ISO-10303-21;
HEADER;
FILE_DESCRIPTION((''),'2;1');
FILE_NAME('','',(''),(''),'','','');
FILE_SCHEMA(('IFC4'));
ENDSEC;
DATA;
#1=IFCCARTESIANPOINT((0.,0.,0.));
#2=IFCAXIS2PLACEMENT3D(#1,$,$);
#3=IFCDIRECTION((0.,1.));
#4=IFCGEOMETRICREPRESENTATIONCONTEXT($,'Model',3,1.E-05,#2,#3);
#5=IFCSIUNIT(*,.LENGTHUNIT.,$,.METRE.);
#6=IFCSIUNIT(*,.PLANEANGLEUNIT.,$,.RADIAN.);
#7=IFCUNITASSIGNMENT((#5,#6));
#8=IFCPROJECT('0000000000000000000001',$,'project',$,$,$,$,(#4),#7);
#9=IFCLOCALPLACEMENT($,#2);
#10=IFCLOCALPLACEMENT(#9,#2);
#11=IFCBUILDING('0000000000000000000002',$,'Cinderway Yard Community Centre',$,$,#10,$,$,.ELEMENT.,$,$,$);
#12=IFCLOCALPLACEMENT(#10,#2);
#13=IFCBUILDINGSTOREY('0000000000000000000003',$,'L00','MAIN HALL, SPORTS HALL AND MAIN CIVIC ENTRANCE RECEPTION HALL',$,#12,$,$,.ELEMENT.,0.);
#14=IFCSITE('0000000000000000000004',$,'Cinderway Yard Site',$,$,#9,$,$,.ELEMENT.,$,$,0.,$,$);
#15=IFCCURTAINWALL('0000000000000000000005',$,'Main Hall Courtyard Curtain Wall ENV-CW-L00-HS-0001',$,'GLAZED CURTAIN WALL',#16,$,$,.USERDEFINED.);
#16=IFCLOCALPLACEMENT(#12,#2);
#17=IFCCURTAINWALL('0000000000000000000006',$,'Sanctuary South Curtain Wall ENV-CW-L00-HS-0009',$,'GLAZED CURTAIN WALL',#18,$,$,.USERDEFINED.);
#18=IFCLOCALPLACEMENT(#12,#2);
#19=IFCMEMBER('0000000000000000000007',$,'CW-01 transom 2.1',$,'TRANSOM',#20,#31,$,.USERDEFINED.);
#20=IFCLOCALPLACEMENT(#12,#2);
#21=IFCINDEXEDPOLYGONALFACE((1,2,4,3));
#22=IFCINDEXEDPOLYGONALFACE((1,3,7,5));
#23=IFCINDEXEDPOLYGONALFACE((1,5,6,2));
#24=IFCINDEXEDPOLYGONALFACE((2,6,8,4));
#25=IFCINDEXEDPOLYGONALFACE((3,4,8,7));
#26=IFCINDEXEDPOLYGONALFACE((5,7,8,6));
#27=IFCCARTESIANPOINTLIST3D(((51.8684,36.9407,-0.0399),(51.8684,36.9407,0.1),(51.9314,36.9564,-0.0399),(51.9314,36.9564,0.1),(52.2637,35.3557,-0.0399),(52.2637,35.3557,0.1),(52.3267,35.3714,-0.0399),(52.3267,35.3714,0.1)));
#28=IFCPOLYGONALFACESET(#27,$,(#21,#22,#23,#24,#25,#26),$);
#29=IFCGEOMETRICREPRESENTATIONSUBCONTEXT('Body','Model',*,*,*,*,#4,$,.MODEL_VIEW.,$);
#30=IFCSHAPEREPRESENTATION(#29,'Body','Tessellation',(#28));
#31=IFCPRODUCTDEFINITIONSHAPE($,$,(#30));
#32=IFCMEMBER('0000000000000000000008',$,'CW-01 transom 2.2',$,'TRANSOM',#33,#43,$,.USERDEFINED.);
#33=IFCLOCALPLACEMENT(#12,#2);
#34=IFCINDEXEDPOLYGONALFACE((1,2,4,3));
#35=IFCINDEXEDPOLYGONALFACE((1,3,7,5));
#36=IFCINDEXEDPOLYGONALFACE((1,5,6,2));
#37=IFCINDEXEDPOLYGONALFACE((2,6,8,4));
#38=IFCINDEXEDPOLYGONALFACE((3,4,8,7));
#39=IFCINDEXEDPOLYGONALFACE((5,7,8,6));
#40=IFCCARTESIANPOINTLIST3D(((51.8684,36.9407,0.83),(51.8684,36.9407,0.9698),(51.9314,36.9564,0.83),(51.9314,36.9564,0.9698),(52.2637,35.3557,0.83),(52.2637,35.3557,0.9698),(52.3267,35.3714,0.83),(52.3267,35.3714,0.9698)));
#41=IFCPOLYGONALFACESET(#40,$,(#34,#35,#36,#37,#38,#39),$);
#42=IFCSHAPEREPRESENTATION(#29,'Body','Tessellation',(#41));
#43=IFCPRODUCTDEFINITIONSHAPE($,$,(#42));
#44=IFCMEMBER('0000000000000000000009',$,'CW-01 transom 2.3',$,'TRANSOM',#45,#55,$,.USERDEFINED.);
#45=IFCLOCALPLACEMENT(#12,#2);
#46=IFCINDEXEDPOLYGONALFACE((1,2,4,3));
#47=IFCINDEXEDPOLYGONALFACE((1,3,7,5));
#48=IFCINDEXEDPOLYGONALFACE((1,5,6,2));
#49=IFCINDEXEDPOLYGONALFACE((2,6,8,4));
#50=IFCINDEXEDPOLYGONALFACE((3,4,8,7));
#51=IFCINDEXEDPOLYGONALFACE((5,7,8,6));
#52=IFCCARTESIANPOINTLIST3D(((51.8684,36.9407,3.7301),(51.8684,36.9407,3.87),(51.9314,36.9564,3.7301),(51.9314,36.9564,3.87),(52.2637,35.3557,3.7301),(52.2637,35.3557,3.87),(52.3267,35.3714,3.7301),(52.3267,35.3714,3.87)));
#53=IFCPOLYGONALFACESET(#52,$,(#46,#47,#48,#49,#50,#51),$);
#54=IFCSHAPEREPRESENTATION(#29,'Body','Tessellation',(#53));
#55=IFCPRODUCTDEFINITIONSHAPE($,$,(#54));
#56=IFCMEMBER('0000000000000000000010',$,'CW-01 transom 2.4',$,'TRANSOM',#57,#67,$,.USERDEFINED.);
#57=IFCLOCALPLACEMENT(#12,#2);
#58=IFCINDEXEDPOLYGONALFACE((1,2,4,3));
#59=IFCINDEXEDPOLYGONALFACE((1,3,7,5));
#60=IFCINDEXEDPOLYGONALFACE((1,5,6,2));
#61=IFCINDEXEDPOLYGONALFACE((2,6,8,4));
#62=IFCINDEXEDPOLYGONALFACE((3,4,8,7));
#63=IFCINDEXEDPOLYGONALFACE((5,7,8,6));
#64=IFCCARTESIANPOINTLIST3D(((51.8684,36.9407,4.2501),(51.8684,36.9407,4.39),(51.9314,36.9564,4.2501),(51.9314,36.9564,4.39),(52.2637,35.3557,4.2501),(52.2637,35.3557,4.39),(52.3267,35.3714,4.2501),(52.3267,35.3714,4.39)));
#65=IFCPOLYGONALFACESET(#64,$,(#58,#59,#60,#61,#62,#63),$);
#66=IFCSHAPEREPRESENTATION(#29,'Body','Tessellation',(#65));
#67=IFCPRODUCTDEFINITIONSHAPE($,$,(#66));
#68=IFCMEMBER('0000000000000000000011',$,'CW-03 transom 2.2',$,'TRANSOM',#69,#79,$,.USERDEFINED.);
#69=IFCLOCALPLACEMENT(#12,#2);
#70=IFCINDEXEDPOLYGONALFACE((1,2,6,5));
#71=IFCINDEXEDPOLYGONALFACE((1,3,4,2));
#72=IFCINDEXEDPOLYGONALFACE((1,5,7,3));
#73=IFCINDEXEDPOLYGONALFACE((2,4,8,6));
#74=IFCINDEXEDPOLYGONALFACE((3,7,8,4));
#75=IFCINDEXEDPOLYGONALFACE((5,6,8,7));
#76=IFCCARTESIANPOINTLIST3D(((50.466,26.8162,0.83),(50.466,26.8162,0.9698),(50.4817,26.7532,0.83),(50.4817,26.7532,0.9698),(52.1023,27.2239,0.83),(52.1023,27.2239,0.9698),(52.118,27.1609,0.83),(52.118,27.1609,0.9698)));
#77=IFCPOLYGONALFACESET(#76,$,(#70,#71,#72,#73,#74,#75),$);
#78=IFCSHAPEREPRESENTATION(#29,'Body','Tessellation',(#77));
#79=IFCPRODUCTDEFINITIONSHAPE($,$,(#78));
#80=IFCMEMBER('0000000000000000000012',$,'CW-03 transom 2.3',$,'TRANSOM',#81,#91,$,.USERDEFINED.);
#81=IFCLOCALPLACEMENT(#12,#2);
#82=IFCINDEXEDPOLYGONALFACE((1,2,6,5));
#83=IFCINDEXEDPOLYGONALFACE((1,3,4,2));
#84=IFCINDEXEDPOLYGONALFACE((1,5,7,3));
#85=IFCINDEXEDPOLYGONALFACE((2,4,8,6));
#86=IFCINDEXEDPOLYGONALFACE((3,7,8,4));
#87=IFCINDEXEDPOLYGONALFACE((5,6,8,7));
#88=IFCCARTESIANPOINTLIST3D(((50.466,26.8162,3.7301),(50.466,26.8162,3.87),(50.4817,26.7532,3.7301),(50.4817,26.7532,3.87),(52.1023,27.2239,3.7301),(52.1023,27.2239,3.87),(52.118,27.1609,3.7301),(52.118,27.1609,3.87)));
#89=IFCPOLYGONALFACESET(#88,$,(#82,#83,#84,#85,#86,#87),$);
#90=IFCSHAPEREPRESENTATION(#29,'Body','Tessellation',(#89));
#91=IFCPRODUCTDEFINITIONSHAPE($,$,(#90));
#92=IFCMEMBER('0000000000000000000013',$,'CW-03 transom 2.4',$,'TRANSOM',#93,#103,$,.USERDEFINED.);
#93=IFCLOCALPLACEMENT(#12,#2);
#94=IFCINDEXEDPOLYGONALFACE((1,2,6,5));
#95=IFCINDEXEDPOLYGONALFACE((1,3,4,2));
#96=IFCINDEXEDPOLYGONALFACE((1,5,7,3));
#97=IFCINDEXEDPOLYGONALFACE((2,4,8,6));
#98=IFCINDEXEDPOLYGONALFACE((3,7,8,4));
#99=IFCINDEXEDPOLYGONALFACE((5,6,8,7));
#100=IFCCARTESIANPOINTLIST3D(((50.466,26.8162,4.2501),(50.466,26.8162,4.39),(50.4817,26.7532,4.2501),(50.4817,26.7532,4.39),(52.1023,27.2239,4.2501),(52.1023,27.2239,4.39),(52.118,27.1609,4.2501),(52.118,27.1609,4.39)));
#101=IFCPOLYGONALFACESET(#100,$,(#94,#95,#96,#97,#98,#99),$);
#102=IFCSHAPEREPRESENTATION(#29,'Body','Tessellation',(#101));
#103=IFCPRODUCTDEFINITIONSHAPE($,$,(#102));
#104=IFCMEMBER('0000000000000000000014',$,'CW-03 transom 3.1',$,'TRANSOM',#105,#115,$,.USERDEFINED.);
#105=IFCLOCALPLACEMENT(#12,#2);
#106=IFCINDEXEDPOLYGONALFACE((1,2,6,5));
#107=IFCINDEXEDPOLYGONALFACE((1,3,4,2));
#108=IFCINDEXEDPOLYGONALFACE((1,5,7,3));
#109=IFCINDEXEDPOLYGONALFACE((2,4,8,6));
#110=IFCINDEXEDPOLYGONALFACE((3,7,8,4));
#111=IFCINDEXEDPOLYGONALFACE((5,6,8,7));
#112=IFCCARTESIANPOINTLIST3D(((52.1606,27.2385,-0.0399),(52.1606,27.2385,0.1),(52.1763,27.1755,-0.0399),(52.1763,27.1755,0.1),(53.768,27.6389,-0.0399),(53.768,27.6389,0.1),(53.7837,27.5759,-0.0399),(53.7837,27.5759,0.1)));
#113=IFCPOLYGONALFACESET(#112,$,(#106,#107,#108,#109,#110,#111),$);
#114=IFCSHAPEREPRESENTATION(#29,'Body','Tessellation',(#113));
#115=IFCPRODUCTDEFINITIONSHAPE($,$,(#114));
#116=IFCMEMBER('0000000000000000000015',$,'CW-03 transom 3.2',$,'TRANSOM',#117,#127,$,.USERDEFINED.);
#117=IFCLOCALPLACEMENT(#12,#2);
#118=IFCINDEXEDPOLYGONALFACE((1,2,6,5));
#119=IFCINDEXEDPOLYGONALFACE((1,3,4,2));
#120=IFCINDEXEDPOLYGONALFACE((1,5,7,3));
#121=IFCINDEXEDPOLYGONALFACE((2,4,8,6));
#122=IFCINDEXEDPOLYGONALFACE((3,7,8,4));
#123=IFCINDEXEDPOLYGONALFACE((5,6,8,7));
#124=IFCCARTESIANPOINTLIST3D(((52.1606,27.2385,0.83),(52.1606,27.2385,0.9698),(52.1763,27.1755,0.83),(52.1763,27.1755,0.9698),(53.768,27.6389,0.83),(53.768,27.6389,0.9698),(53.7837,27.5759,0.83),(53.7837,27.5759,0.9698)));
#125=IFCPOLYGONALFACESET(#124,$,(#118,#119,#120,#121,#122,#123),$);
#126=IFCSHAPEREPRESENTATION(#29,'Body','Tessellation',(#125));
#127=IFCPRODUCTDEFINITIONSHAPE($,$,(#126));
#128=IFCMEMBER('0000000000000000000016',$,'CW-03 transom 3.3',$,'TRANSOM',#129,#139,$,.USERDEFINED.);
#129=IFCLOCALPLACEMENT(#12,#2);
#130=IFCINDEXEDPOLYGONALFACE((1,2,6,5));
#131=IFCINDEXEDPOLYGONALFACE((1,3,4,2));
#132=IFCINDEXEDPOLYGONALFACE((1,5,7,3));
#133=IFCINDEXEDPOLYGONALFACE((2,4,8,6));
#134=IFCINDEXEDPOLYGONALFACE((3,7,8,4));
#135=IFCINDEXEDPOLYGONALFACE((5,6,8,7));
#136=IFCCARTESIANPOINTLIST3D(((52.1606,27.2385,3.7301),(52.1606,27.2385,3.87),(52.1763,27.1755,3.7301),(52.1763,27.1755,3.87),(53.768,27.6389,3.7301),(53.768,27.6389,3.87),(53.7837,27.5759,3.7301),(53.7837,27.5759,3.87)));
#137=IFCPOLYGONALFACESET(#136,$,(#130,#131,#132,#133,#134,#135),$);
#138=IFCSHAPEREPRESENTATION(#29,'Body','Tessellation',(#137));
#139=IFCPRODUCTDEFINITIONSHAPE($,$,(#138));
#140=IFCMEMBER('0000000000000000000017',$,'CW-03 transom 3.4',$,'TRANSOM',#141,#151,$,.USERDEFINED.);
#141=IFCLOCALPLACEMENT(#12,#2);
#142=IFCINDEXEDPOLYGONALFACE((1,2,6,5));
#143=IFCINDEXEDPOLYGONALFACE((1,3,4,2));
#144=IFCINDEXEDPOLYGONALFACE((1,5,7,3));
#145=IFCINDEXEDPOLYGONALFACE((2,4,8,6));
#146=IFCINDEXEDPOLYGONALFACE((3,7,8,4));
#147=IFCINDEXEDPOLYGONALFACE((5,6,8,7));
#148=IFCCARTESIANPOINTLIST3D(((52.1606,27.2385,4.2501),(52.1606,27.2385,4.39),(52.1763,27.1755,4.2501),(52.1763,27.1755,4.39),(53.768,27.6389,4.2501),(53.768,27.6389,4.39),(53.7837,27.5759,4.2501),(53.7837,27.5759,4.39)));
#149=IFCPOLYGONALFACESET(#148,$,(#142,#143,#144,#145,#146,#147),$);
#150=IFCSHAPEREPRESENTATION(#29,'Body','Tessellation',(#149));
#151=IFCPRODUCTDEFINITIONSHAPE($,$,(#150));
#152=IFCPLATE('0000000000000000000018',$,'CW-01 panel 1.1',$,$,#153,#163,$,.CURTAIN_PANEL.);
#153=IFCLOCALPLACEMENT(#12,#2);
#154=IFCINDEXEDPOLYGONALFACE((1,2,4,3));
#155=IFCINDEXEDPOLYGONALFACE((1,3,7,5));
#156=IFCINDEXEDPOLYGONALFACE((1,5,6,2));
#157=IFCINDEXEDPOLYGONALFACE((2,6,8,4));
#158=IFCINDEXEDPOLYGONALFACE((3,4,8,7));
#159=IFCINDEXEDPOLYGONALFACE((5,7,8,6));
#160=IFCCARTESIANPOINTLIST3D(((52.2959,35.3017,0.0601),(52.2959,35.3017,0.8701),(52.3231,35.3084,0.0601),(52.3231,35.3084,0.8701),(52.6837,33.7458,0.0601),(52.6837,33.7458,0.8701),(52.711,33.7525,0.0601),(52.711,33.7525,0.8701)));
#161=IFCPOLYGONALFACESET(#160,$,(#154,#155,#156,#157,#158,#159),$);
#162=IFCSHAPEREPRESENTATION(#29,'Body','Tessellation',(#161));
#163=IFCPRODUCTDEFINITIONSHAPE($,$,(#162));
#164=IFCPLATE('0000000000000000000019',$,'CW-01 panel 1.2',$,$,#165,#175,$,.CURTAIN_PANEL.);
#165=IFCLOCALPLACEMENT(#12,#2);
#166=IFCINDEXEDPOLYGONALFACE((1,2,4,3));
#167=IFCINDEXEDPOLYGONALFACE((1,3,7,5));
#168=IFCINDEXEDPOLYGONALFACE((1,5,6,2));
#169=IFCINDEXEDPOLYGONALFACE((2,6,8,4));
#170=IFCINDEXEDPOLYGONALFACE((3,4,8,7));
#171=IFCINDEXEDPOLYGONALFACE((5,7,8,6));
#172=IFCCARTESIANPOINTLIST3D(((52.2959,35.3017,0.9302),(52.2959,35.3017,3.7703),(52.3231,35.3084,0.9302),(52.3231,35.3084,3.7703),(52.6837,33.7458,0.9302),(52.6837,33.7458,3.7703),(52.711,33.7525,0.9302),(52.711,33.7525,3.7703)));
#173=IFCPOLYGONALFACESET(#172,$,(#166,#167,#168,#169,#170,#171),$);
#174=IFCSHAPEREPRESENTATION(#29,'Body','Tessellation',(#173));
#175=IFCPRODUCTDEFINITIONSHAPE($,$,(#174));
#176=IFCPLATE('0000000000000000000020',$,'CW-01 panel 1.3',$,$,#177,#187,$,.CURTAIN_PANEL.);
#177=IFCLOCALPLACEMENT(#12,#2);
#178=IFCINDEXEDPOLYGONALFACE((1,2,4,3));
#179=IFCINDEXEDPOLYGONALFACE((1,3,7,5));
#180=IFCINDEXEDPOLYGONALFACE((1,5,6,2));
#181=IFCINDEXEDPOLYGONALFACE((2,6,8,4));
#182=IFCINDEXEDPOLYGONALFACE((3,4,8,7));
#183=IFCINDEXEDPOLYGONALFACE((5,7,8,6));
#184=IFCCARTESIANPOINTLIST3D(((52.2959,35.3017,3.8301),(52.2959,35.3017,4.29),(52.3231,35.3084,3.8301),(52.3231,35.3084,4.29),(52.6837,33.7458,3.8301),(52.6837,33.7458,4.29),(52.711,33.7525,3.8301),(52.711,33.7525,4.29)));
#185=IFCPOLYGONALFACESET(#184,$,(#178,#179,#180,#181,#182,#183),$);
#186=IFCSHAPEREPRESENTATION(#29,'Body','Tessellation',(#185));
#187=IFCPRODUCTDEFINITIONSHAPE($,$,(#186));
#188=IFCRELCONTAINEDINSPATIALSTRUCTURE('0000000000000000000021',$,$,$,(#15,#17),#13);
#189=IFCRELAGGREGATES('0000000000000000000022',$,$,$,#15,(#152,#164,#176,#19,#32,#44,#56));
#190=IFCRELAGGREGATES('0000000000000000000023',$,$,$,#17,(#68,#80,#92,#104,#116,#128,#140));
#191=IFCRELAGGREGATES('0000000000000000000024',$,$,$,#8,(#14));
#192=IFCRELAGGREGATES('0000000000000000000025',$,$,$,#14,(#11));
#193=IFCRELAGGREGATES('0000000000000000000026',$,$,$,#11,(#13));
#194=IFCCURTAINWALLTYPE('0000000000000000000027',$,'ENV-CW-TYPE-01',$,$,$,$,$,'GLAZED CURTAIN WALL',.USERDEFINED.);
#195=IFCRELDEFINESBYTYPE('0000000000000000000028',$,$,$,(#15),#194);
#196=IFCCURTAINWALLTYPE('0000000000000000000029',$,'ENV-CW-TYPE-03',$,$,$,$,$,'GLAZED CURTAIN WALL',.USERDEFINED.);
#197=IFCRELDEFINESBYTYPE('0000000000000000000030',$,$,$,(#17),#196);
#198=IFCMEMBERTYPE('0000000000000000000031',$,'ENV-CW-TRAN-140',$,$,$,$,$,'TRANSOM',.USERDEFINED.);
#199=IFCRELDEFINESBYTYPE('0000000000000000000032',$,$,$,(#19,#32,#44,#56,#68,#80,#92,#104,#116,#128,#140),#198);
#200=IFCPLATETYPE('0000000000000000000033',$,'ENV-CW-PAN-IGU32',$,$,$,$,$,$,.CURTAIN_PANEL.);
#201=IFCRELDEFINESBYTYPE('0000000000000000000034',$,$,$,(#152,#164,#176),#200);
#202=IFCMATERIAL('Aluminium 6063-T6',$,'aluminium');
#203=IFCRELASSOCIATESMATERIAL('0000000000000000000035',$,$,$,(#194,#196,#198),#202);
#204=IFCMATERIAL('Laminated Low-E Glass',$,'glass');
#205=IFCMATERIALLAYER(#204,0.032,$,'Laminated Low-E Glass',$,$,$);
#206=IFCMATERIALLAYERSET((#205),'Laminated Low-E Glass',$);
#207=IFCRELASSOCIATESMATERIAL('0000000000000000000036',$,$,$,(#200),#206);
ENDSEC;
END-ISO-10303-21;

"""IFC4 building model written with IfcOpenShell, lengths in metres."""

from ifc_helpers import new_model, si_unit, direction, frame, origin, origin_2d, place, context, subcontext, project, spatial, rectangle, extrude, material, layer, layer_set, material_profile, profile_set, type_object, element, aggregate, save


model = new_model("IFC4")

# Units and contexts
model_context = context("Model", 3, precision=1e-05, world=origin(), true_north=direction((0.0, 1.0)))
body_context = subcontext(model_context, "Body", "Model", "MODEL_VIEW")
ifc_project = project(units=[si_unit("LENGTHUNIT", "METRE"), si_unit("PLANEANGLEUNIT", "RADIAN")], contexts=[model_context])

# Site, building, storey
site_placement = place(None, origin())
site = spatial("IfcSite", under=ifc_project, at=site_placement, Name="Cinderway Yard Site", CompositionType="ELEMENT", RefElevation=0.0)
building_placement = place(site_placement, origin())
building = spatial("IfcBuilding", under=site, at=building_placement, Name="Cinderway Yard Community Centre", CompositionType="ELEMENT")
storey_placement = place(building_placement, origin())
storey = spatial("IfcBuildingStorey", under=building, at=storey_placement, Name="L00", Description="MAIN HALL, SPORTS HALL AND MAIN CIVIC ENTRANCE RECEPTION HALL", CompositionType="ELEMENT", Elevation=0.0)

# Curtain walls
ifc_material_1 = material(Name="Aluminium 6063-T6", Category="aluminium")
curtain_wall_type_1 = type_object("IfcCurtainWallType", Name="ENV-CW-TYPE-01", ElementType="GLAZED CURTAIN WALL", PredefinedType="USERDEFINED", material=ifc_material_1)
curtain_wall_1_placement = place(storey_placement, origin())
curtain_wall_1 = element("IfcCurtainWall", 1, at=curtain_wall_1_placement, inside=storey, type_object=curtain_wall_type_1, Name="Main Hall Courtyard Curtain Wall ENV-CW-L00-HS-0001", ObjectType="GLAZED CURTAIN WALL", PredefinedType="USERDEFINED")
curtain_wall_type_2 = type_object("IfcCurtainWallType", Name="ENV-CW-TYPE-03", ElementType="GLAZED CURTAIN WALL", PredefinedType="USERDEFINED", material=ifc_material_1)
curtain_wall_2_placement = place(storey_placement, origin())
curtain_wall_2 = element("IfcCurtainWall", 2, at=curtain_wall_2_placement, inside=storey, type_object=curtain_wall_type_2, Name="Sanctuary South Curtain Wall ENV-CW-L00-HS-0009", ObjectType="GLAZED CURTAIN WALL", PredefinedType="USERDEFINED")

# Members
ifc_material_profile_1 = material_profile(ifc_material_1, rectangle(XDim=0.0649, YDim=0.1399, at=origin_2d()), Name="Aluminium 6063-T6")
ifc_profile_set_1 = profile_set([ifc_material_profile_1], Name="Aluminium 6063-T6")
member_type_1 = type_object("IfcMemberType", Name="ENV-CW-TRAN-140", ElementType="TRANSOM", PredefinedType="USERDEFINED", material=ifc_profile_set_1)
member_1_placement = place(storey_placement, frame((52.2952, 35.3635, 0.03), z_axis=(-0.241973, 0.970283, 0.0), x_axis=(-0.970283, -0.241973, 0.0)))
member_1 = element("IfcMember", 3, at=member_1_placement, type_object=member_type_1, Name="CW-01 transom 2.1", ObjectType="TRANSOM", PredefinedType="USERDEFINED", context=body_context, shape_type="SweptSolid", body=[
    extrude(rectangle(XDim=0.0649, YDim=0.1399, at=origin_2d()), origin(), (0.0, 0.0, 1.0), 1.6335),
])
member_2_placement = place(storey_placement, frame((52.2952, 35.3635, 0.8999), z_axis=(-0.241973, 0.970283, 0.0), x_axis=(-0.970283, -0.241973, 0.0)))
member_2 = element("IfcMember", 4, at=member_2_placement, type_object=member_type_1, Name="CW-01 transom 2.2", ObjectType="TRANSOM", PredefinedType="USERDEFINED", context=body_context, shape_type="SweptSolid", body=[
    extrude(rectangle(XDim=0.0649, YDim=0.1399, at=origin_2d()), origin(), (0.0, 0.0, 1.0), 1.6335),
])
member_3_placement = place(storey_placement, frame((52.2952, 35.3635, 3.8), z_axis=(-0.241973, 0.970283, 0.0), x_axis=(-0.970283, -0.241973, 0.0)))
member_3 = element("IfcMember", 5, at=member_3_placement, type_object=member_type_1, Name="CW-01 transom 2.3", ObjectType="TRANSOM", PredefinedType="USERDEFINED", context=body_context, shape_type="SweptSolid", body=[
    extrude(rectangle(XDim=0.0649, YDim=0.1399, at=origin_2d()), origin(), (0.0, 0.0, 1.0), 1.6335),
])
member_4_placement = place(storey_placement, frame((52.2952, 35.3635, 4.3201), z_axis=(-0.241973, 0.970283, 0.0), x_axis=(-0.970283, -0.241973, 0.0)))
member_4 = element("IfcMember", 6, at=member_4_placement, type_object=member_type_1, Name="CW-01 transom 2.4", ObjectType="TRANSOM", PredefinedType="USERDEFINED", context=body_context, shape_type="SweptSolid", body=[
    extrude(rectangle(XDim=0.0649, YDim=0.1399, at=origin_2d()), origin(), (0.0, 0.0, 1.0), 1.6335),
])
member_5_placement = place(storey_placement, frame((50.4739, 26.7847, 0.8999), z_axis=(0.97033, 0.241786, 0.0), x_axis=(-0.241786, 0.97033, 0.0)))
member_5 = element("IfcMember", 7, at=member_5_placement, type_object=member_type_1, Name="CW-03 transom 2.2", ObjectType="TRANSOM", PredefinedType="USERDEFINED", context=body_context, shape_type="SweptSolid", body=[
    extrude(rectangle(XDim=0.0649, YDim=0.1399, at=origin_2d()), origin(), (0.0, 0.0, 1.0), 1.6863),
])
member_6_placement = place(storey_placement, frame((50.4739, 26.7847, 3.8), z_axis=(0.97033, 0.241786, 0.0), x_axis=(-0.241786, 0.97033, 0.0)))
member_6 = element("IfcMember", 8, at=member_6_placement, type_object=member_type_1, Name="CW-03 transom 2.3", ObjectType="TRANSOM", PredefinedType="USERDEFINED", context=body_context, shape_type="SweptSolid", body=[
    extrude(rectangle(XDim=0.0649, YDim=0.1399, at=origin_2d()), origin(), (0.0, 0.0, 1.0), 1.6863),
])
member_7_placement = place(storey_placement, frame((50.4739, 26.7847, 4.3201), z_axis=(0.97033, 0.241786, 0.0), x_axis=(-0.241786, 0.97033, 0.0)))
member_7 = element("IfcMember", 9, at=member_7_placement, type_object=member_type_1, Name="CW-03 transom 2.4", ObjectType="TRANSOM", PredefinedType="USERDEFINED", context=body_context, shape_type="SweptSolid", body=[
    extrude(rectangle(XDim=0.0649, YDim=0.1399, at=origin_2d()), origin(), (0.0, 0.0, 1.0), 1.6863),
])
member_8_placement = place(storey_placement, frame((52.1685, 27.207, 0.03), z_axis=(0.97035, 0.241703, 0.0), x_axis=(-0.241703, 0.97035, 0.0)))
member_8 = element("IfcMember", 10, at=member_8_placement, type_object=member_type_1, Name="CW-03 transom 3.1", ObjectType="TRANSOM", PredefinedType="USERDEFINED", context=body_context, shape_type="SweptSolid", body=[
    extrude(rectangle(XDim=0.0649, YDim=0.1399, at=origin_2d()), origin(), (0.0, 0.0, 1.0), 1.6565),
])
member_9_placement = place(storey_placement, frame((52.1685, 27.207, 0.8999), z_axis=(0.97035, 0.241703, 0.0), x_axis=(-0.241703, 0.97035, 0.0)))
member_9 = element("IfcMember", 11, at=member_9_placement, type_object=member_type_1, Name="CW-03 transom 3.2", ObjectType="TRANSOM", PredefinedType="USERDEFINED", context=body_context, shape_type="SweptSolid", body=[
    extrude(rectangle(XDim=0.0649, YDim=0.1399, at=origin_2d()), origin(), (0.0, 0.0, 1.0), 1.6565),
])
member_10_placement = place(storey_placement, frame((52.1685, 27.207, 3.8), z_axis=(0.97035, 0.241703, 0.0), x_axis=(-0.241703, 0.97035, 0.0)))
member_10 = element("IfcMember", 12, at=member_10_placement, type_object=member_type_1, Name="CW-03 transom 3.3", ObjectType="TRANSOM", PredefinedType="USERDEFINED", context=body_context, shape_type="SweptSolid", body=[
    extrude(rectangle(XDim=0.0649, YDim=0.1399, at=origin_2d()), origin(), (0.0, 0.0, 1.0), 1.6565),
])
member_11_placement = place(storey_placement, frame((52.1685, 27.207, 4.3201), z_axis=(0.97035, 0.241703, 0.0), x_axis=(-0.241703, 0.97035, 0.0)))
member_11 = element("IfcMember", 13, at=member_11_placement, type_object=member_type_1, Name="CW-03 transom 3.4", ObjectType="TRANSOM", PredefinedType="USERDEFINED", context=body_context, shape_type="SweptSolid", body=[
    extrude(rectangle(XDim=0.0649, YDim=0.1399, at=origin_2d()), origin(), (0.0, 0.0, 1.0), 1.6565),
])

# Plates
ifc_material_2 = material(Name="Laminated Low-E Glass", Category="glass")
ifc_layer_1 = layer(ifc_material_2, 0.032, Name="Laminated Low-E Glass")
ifc_layer_set_1 = layer_set([ifc_layer_1], Name="Laminated Low-E Glass")
plate_type_1 = type_object("IfcPlateType", Name="ENV-CW-PAN-IGU32", PredefinedType="CURTAIN_PANEL", material=ifc_layer_set_1)
plate_1_placement = place(storey_placement, frame((52.5034, 34.5271, 0.0601), z_axis=(0.0, 0.0, 1.0), x_axis=(-0.241887, 0.970304, 0.0)))
plate_1 = element("IfcPlate", 14, at=plate_1_placement, type_object=plate_type_1, Name="CW-01 panel 1.1", PredefinedType="CURTAIN_PANEL", context=body_context, shape_type="SweptSolid", body=[
    extrude(rectangle(XDim=1.6035, YDim=0.0281, at=origin_2d()), origin(), (0.0, 0.0, 1.0), 0.8101),
])
plate_2_placement = place(storey_placement, frame((52.5034, 34.5271, 0.9302), z_axis=(0.0, 0.0, 1.0), x_axis=(-0.241887, 0.970304, 0.0)))
plate_2 = element("IfcPlate", 15, at=plate_2_placement, type_object=plate_type_1, Name="CW-01 panel 1.2", PredefinedType="CURTAIN_PANEL", context=body_context, shape_type="SweptSolid", body=[
    extrude(rectangle(XDim=1.6035, YDim=0.0281, at=origin_2d()), origin(), (0.0, 0.0, 1.0), 2.8401),
])
plate_3_placement = place(storey_placement, frame((52.5034, 34.5271, 3.8301), z_axis=(0.0, 0.0, 1.0), x_axis=(-0.241887, 0.970304, 0.0)))
plate_3 = element("IfcPlate", 16, at=plate_3_placement, type_object=plate_type_1, Name="CW-01 panel 1.3", PredefinedType="CURTAIN_PANEL", context=body_context, shape_type="SweptSolid", body=[
    extrude(rectangle(XDim=1.6035, YDim=0.0281, at=origin_2d()), origin(), (0.0, 0.0, 1.0), 0.46),
])
aggregate(curtain_wall_1, [plate_1, plate_2, plate_3, member_1, member_2, member_3, member_4])
aggregate(curtain_wall_2, [member_5, member_6, member_7, member_8, member_9, member_10, member_11])

save(model, "model.ifc")
